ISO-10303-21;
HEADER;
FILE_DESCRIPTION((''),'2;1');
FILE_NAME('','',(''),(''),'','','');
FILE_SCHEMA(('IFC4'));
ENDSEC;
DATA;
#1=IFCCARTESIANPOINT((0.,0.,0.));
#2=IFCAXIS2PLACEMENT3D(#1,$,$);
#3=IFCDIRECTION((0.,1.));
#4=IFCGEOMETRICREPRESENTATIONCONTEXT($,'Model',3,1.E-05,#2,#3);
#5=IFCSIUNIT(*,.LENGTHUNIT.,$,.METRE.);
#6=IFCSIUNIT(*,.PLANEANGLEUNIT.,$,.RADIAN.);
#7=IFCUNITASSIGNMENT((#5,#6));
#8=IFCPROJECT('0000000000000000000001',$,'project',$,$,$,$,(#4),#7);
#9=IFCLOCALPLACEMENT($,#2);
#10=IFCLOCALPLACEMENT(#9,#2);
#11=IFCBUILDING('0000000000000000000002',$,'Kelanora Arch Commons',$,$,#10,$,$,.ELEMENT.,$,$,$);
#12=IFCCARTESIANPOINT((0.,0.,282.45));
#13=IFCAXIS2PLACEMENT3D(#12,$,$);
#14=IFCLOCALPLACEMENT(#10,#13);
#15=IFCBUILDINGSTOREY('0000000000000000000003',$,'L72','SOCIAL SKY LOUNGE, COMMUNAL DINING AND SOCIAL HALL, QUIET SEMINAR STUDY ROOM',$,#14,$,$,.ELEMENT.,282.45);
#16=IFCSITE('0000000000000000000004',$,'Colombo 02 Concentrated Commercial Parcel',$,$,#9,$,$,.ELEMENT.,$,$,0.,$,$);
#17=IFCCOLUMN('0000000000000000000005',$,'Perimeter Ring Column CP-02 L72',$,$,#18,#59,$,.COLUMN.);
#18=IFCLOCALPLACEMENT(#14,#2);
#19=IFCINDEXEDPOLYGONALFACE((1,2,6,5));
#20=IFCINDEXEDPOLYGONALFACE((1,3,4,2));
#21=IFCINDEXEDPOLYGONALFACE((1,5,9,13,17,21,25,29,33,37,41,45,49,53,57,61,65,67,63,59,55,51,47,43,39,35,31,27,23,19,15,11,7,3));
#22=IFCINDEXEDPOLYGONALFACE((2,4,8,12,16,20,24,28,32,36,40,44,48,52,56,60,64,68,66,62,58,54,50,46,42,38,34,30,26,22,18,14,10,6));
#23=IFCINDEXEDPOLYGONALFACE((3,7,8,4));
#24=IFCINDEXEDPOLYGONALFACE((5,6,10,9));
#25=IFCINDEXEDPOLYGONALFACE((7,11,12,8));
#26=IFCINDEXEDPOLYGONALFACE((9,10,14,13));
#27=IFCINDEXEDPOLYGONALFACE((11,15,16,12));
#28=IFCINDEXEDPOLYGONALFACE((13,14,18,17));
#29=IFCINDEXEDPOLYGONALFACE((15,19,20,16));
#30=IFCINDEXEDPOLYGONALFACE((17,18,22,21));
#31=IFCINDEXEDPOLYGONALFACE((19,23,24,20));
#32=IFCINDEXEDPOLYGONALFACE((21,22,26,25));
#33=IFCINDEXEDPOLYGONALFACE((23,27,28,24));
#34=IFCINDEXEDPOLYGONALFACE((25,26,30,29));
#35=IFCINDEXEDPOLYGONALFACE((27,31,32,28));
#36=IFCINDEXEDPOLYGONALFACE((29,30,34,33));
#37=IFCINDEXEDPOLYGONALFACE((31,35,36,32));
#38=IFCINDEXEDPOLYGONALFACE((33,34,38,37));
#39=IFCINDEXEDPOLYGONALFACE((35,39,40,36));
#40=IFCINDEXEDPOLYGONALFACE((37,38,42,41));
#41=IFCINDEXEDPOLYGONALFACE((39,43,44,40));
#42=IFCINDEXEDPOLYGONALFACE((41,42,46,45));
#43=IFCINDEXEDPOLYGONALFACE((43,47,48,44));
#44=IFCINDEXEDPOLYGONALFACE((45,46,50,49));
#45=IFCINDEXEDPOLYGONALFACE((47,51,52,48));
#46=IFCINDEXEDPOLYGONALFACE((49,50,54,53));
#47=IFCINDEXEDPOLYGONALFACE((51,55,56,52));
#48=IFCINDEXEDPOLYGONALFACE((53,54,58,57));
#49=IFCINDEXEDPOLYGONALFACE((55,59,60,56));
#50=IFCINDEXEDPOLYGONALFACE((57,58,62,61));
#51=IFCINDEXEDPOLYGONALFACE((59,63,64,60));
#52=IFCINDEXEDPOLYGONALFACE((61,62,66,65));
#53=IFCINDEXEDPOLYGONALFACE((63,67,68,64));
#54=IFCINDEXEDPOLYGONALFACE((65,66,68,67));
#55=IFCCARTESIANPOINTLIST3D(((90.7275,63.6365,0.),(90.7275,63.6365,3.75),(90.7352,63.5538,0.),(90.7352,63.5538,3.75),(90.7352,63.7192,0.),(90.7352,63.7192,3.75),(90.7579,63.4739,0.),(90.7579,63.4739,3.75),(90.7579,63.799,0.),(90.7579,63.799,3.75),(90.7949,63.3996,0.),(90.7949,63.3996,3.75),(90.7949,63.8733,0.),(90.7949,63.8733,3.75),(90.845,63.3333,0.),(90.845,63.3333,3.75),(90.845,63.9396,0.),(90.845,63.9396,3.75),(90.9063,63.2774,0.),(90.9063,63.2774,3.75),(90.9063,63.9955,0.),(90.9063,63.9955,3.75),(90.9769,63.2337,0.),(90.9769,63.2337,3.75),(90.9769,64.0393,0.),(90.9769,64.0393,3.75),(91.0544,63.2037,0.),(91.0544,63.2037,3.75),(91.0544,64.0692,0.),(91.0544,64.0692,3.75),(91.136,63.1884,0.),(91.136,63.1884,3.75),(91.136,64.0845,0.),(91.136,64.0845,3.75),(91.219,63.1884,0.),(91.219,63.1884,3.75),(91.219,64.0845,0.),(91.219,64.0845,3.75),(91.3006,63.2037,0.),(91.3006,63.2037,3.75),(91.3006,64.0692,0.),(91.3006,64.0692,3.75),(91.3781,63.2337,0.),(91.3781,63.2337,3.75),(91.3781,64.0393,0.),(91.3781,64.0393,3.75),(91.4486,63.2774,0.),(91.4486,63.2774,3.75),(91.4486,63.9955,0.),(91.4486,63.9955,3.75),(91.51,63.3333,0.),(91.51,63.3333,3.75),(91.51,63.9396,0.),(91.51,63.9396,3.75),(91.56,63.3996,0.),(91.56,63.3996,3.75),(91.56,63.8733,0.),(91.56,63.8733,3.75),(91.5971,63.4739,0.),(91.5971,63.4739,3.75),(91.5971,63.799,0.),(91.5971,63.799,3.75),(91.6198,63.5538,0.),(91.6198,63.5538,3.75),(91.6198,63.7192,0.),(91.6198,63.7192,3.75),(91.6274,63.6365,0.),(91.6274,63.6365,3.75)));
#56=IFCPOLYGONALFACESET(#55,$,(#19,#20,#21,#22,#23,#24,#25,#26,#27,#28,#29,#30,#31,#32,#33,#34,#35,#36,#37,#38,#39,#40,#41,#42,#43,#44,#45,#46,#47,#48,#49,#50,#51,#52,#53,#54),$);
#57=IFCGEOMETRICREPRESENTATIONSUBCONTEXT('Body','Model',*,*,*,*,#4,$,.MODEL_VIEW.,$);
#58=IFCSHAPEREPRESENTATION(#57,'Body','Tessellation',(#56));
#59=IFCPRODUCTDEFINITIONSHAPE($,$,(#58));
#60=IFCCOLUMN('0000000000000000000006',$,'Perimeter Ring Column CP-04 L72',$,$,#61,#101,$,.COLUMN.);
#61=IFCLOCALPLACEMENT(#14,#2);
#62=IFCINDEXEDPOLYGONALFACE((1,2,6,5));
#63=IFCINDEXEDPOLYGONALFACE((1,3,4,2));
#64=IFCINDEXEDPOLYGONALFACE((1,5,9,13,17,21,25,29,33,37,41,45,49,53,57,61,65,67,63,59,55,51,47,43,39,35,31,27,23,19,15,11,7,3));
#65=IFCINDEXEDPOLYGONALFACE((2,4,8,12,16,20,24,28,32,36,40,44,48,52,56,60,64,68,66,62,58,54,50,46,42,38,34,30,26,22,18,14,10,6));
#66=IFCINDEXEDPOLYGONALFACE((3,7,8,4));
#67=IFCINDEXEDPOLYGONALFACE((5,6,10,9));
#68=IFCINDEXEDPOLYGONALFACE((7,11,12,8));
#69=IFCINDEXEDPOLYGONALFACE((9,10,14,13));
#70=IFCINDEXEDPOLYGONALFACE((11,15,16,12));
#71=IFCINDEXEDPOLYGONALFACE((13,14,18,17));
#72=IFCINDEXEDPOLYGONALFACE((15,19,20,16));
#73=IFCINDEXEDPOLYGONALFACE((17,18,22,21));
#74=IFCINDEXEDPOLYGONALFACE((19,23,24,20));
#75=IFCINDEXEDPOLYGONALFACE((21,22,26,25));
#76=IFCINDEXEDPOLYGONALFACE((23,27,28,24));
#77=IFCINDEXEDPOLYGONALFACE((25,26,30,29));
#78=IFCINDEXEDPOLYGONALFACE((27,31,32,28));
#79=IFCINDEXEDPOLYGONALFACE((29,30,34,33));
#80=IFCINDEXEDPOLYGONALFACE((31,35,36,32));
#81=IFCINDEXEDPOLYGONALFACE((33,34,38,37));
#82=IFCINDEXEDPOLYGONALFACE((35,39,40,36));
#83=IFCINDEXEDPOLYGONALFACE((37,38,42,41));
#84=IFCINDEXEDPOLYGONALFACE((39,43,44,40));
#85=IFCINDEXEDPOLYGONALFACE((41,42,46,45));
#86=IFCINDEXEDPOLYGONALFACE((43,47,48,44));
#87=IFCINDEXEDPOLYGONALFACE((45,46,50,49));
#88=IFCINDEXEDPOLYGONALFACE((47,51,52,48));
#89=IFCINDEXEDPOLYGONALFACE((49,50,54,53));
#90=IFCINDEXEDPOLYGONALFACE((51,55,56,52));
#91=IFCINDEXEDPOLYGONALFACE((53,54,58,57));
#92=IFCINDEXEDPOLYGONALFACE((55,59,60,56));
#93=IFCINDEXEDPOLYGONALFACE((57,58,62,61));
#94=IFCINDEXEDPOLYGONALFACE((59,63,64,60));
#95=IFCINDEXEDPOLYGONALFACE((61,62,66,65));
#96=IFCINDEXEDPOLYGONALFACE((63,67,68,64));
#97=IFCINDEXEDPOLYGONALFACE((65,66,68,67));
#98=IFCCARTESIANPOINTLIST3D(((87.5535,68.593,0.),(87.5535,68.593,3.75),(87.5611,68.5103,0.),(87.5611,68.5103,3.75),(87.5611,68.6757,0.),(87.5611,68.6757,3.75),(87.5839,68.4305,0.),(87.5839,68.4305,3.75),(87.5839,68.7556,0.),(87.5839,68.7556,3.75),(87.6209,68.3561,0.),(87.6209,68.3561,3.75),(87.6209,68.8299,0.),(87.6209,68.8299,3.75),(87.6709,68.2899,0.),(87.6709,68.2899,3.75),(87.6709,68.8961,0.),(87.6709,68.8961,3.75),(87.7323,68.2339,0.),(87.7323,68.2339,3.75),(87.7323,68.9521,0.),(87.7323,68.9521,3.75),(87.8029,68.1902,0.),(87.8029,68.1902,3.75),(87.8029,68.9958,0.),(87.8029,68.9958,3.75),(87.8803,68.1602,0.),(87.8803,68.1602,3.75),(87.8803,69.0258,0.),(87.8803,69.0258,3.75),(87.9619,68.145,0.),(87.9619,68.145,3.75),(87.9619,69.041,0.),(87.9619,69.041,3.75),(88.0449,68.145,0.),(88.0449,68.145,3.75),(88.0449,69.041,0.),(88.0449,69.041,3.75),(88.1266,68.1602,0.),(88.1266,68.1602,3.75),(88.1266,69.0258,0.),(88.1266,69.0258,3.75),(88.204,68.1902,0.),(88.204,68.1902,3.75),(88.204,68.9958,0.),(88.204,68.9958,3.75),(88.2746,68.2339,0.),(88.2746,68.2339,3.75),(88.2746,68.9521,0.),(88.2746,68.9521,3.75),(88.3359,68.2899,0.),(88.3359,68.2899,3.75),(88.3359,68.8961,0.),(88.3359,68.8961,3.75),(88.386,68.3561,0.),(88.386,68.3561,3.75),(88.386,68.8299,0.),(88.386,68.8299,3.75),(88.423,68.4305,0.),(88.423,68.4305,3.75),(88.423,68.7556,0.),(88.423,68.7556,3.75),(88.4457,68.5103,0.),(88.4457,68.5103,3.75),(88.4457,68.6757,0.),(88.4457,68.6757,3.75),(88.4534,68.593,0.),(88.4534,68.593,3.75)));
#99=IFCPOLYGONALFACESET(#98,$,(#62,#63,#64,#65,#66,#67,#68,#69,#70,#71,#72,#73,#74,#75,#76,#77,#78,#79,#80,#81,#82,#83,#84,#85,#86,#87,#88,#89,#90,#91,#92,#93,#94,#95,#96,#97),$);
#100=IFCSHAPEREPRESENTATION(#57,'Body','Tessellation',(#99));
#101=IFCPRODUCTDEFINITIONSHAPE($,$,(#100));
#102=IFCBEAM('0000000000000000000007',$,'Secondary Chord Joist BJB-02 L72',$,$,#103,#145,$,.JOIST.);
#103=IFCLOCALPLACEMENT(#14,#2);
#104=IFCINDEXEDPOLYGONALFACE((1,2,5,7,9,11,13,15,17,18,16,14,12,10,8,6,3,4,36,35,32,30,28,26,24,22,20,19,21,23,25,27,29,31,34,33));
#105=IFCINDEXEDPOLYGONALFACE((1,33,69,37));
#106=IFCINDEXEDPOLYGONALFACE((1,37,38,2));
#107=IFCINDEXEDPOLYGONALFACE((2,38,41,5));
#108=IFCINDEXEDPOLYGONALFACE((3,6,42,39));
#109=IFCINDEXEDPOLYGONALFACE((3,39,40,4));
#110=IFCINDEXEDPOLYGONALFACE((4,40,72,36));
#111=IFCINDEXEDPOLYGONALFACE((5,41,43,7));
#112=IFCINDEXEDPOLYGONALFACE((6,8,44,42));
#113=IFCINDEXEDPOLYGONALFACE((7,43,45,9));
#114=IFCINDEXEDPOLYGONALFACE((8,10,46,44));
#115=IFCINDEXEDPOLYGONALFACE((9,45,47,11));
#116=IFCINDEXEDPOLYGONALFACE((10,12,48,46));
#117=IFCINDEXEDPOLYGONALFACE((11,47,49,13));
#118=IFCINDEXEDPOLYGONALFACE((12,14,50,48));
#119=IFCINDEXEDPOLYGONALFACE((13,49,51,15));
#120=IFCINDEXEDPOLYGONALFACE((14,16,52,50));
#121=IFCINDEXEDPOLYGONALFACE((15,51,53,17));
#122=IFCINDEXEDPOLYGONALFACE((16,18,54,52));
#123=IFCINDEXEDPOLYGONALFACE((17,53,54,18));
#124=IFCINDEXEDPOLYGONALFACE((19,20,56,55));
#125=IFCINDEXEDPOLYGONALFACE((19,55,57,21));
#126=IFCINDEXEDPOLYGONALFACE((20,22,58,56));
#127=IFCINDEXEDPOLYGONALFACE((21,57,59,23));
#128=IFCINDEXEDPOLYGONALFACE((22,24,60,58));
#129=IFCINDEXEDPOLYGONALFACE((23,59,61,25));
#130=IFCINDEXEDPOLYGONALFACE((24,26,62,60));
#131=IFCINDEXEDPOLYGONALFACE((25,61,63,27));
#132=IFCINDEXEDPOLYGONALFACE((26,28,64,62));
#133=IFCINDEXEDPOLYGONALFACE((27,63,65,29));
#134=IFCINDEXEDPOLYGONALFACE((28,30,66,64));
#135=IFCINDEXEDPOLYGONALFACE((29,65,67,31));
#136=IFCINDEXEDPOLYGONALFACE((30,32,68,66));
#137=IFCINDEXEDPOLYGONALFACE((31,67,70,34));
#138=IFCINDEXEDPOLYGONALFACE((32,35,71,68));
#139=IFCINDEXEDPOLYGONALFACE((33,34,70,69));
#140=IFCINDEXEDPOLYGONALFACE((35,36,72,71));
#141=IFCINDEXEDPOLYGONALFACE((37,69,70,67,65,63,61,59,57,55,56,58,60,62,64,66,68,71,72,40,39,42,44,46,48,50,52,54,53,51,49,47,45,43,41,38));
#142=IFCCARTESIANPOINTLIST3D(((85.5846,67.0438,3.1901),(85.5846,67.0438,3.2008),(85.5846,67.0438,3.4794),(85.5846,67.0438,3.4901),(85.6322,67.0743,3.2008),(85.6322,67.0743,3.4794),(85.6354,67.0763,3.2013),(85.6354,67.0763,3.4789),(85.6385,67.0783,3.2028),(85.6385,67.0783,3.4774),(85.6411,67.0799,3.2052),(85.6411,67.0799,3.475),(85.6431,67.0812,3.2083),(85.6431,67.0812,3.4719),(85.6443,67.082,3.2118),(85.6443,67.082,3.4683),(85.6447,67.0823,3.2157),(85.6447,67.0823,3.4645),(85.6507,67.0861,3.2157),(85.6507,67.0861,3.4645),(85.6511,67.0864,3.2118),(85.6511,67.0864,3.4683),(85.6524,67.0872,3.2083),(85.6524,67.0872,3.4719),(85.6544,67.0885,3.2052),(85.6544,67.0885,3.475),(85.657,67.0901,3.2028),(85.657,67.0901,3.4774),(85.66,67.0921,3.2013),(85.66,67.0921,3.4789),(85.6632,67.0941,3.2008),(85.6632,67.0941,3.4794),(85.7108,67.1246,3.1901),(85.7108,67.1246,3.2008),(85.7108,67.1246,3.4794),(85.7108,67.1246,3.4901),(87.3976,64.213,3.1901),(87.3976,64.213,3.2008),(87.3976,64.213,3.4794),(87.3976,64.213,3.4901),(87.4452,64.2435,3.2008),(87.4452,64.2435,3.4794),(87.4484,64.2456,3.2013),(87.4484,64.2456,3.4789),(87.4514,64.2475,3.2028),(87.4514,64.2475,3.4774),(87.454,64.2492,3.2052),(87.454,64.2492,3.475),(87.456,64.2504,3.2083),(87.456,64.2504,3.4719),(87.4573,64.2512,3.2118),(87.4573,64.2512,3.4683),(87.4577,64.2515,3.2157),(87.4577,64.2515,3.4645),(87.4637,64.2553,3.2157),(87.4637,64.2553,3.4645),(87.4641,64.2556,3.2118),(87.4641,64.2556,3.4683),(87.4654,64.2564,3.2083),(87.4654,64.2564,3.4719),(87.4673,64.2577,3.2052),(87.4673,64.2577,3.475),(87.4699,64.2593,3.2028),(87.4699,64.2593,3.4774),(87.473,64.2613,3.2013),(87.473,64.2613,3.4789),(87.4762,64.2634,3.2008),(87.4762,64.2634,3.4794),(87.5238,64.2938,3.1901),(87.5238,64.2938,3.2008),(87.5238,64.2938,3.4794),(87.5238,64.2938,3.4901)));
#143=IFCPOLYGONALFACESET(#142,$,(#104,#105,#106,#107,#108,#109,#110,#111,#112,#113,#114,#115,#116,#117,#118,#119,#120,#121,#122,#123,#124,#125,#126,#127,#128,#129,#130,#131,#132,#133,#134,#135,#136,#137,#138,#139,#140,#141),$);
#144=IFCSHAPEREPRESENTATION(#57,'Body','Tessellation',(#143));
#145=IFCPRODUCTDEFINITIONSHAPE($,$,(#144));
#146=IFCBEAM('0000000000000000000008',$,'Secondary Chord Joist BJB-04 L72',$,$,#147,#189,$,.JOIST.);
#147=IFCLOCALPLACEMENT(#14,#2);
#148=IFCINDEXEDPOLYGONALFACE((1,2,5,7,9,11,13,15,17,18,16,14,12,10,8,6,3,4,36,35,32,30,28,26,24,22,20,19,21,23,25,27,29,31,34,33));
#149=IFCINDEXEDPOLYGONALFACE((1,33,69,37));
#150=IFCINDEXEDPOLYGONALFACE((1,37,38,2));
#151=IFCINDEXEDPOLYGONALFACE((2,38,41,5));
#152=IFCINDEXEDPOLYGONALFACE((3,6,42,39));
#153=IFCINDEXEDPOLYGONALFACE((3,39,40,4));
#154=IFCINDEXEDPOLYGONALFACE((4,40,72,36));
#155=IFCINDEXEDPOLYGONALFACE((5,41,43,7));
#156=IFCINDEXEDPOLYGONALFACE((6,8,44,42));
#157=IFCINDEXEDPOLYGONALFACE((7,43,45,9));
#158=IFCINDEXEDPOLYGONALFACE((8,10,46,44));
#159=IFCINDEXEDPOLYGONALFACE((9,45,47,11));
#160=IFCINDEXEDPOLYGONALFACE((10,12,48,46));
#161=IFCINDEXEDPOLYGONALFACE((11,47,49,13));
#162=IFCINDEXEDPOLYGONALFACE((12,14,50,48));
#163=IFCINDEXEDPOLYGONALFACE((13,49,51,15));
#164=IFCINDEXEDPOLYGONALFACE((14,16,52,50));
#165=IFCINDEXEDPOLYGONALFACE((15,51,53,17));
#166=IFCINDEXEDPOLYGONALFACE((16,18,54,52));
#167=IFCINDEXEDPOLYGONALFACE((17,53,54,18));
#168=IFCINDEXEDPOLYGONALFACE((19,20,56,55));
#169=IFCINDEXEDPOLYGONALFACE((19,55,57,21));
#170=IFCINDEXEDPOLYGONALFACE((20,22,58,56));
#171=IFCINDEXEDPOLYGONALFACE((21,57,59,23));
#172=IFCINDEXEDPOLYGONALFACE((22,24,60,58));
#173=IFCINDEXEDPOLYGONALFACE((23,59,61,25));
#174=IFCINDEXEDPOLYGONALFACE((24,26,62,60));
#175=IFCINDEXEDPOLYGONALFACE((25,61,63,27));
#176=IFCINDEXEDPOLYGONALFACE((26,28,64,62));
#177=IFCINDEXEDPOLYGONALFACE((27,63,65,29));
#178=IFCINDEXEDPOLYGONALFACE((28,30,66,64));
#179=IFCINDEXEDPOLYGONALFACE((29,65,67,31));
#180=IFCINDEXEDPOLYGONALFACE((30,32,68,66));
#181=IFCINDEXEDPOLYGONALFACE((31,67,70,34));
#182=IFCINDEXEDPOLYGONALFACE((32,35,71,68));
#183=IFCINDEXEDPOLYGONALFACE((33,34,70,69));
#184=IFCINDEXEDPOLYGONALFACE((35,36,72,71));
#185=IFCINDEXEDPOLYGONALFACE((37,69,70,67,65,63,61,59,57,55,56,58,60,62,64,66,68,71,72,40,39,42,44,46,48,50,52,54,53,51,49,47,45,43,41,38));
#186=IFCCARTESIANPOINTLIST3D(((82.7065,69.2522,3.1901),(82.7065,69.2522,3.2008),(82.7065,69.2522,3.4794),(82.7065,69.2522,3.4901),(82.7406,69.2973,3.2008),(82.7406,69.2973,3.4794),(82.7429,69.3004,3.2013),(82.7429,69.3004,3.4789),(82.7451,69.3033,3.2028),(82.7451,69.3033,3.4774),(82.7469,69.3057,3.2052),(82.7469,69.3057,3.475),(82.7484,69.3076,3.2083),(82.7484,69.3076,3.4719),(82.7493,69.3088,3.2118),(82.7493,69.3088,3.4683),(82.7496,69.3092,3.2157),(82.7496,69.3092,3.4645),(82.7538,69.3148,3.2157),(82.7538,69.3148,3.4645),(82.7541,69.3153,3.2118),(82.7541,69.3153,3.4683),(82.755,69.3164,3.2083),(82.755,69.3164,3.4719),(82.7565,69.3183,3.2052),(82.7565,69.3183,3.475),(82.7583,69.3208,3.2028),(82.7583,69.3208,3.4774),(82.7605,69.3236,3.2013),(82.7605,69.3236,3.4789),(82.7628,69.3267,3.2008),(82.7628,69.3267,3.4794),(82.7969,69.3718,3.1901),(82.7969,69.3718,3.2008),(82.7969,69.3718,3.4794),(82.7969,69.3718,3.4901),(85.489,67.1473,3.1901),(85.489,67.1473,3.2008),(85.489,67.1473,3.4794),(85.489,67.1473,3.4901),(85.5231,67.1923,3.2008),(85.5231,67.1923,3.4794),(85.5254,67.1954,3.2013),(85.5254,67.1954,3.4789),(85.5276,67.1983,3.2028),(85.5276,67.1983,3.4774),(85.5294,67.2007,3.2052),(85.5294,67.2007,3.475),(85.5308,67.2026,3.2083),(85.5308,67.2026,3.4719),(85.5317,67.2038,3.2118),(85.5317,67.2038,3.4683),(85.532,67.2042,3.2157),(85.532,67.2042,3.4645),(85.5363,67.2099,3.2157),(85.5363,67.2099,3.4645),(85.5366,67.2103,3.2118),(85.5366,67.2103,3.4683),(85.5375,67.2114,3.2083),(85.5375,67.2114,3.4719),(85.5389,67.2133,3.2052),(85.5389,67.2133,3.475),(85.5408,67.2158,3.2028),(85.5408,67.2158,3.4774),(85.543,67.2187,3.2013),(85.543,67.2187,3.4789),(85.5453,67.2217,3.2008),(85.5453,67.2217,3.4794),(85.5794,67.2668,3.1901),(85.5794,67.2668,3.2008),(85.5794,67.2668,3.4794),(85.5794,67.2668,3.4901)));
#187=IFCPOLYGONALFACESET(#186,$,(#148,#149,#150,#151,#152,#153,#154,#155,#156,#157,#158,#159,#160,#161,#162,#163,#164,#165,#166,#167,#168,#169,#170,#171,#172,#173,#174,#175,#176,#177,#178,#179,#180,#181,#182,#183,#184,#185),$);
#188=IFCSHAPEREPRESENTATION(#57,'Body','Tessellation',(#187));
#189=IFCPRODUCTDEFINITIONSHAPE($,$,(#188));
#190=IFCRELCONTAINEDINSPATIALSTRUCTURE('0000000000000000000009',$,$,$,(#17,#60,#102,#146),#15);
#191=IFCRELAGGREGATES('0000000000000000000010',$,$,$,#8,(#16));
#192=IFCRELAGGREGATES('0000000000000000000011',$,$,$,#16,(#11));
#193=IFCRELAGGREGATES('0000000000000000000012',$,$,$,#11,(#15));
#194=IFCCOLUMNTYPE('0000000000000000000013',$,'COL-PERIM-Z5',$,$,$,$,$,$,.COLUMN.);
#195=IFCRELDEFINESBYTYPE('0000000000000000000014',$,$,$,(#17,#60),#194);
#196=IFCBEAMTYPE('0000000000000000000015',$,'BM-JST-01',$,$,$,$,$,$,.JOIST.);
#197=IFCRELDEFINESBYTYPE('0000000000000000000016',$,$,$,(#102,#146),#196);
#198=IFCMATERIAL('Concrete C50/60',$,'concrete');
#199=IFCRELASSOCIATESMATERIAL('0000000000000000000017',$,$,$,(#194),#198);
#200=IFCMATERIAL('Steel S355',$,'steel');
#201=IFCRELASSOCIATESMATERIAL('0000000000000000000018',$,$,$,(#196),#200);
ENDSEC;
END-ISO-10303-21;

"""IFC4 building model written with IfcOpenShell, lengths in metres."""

from ifc_helpers import new_model, si_unit, direction, frame, origin, origin_2d, place, context, subcontext, project, spatial, circle, i_section, extrude, material, material_profile, profile_set, type_object, element, save


model = new_model("IFC4")

# Units and contexts
model_context = context("Model", 3, precision=1e-05, world=origin(), true_north=direction((0.0, 1.0)))
body_context = subcontext(model_context, "Body", "Model", "MODEL_VIEW")
ifc_project = project(units=[si_unit("LENGTHUNIT", "METRE"), si_unit("PLANEANGLEUNIT", "RADIAN")], contexts=[model_context])

# Site, building, storey
site_placement = place(None, origin())
site = spatial("IfcSite", under=ifc_project, at=site_placement, Name="Colombo 02 Concentrated Commercial Parcel", CompositionType="ELEMENT", RefElevation=0.0)
building_placement = place(site_placement, origin())
building = spatial("IfcBuilding", under=site, at=building_placement, Name="Kelanora Arch Commons", CompositionType="ELEMENT")
storey_placement = place(building_placement, frame((0.0, 0.0, 282.45)))
storey = spatial("IfcBuildingStorey", under=building, at=storey_placement, Name="L72", Description="SOCIAL SKY LOUNGE, COMMUNAL DINING AND SOCIAL HALL, QUIET SEMINAR STUDY ROOM", CompositionType="ELEMENT", Elevation=282.45)

# Columns
ifc_material_1 = material(Name="Concrete C50/60", Category="concrete")
ifc_material_profile_1 = material_profile(ifc_material_1, circle(Radius=0.45, at=origin_2d()), Name="RCC900")
ifc_profile_set_1 = profile_set([ifc_material_profile_1], Name="Concrete C50/60")
column_type = type_object("IfcColumnType", Name="COL-PERIM-Z5", PredefinedType="COLUMN", material=ifc_profile_set_1)
for number, where, z_axis, x_axis, name in (
    (1, (91.1775, 63.6365, 0.0), (0.0, 0.0, 1.0), (1.0, 0.0, 0.0), "Perimeter Ring Column CP-02 L72"),
    (2, (88.0034, 68.593, 0.0), (0.0, 0.0, 1.0), (1.0, 0.0, 0.0), "Perimeter Ring Column CP-04 L72"),
):
    element("IfcColumn", number, at=place(storey_placement, frame(where, z_axis=z_axis, x_axis=x_axis)), inside=storey, type_object=column_type, Name=name, PredefinedType="COLUMN", context=body_context, shape_type="SweptSolid", body=[
        extrude(circle(Radius=0.45, at=origin_2d()), origin(), (0.0, 0.0, 1.0), 3.75),
    ])

# Beams
ifc_material_2 = material(Name="Steel S355", Category="steel")
ifc_material_profile_2 = material_profile(ifc_material_2, i_section(OverallWidth=0.1499, OverallDepth=0.3, WebThickness=0.0071, FlangeThickness=0.0107, FilletRadius=0.0149, at=origin_2d()), Name="IPE300")
ifc_profile_set_2 = profile_set([ifc_material_profile_2], Name="Steel S355")
beam_type_1 = type_object("IfcBeamType", Name="BM-JST-01", PredefinedType="JOIST", material=ifc_profile_set_2)
beam_1_placement = place(storey_placement, frame((87.4607, 64.2534, 3.3401), z_axis=(-0.539322, 0.8421, 0.0), x_axis=(-0.8421, -0.539322, 0.0)))
element("IfcBeam", 3, at=beam_1_placement, inside=storey, type_object=beam_type_1, Name="Secondary Chord Joist BJB-02 L72", PredefinedType="JOIST", context=body_context, shape_type="SweptSolid", body=[
    extrude(i_section(OverallWidth=0.1499, OverallDepth=0.3, WebThickness=0.0071, FlangeThickness=0.0107, FilletRadius=0.0149, at=origin_2d()), origin(), (0.0, 0.0, 1.0), 3.3616),
])
beam_2_placement = place(storey_placement, frame((85.5342, 67.207, 3.3401), z_axis=(-0.797499, 0.60332, 0.0), x_axis=(-0.60332, -0.797499, 0.0)))
element("IfcBeam", 4, at=beam_2_placement, inside=storey, type_object=beam_type_1, Name="Secondary Chord Joist BJB-04 L72", PredefinedType="JOIST", context=body_context, shape_type="SweptSolid", body=[
    extrude(i_section(OverallWidth=0.1499, OverallDepth=0.3, WebThickness=0.0071, FlangeThickness=0.0107, FilletRadius=0.0149, at=origin_2d()), origin(), (0.0, 0.0, 1.0), 3.489),
])

save(model, "model.ifc")
